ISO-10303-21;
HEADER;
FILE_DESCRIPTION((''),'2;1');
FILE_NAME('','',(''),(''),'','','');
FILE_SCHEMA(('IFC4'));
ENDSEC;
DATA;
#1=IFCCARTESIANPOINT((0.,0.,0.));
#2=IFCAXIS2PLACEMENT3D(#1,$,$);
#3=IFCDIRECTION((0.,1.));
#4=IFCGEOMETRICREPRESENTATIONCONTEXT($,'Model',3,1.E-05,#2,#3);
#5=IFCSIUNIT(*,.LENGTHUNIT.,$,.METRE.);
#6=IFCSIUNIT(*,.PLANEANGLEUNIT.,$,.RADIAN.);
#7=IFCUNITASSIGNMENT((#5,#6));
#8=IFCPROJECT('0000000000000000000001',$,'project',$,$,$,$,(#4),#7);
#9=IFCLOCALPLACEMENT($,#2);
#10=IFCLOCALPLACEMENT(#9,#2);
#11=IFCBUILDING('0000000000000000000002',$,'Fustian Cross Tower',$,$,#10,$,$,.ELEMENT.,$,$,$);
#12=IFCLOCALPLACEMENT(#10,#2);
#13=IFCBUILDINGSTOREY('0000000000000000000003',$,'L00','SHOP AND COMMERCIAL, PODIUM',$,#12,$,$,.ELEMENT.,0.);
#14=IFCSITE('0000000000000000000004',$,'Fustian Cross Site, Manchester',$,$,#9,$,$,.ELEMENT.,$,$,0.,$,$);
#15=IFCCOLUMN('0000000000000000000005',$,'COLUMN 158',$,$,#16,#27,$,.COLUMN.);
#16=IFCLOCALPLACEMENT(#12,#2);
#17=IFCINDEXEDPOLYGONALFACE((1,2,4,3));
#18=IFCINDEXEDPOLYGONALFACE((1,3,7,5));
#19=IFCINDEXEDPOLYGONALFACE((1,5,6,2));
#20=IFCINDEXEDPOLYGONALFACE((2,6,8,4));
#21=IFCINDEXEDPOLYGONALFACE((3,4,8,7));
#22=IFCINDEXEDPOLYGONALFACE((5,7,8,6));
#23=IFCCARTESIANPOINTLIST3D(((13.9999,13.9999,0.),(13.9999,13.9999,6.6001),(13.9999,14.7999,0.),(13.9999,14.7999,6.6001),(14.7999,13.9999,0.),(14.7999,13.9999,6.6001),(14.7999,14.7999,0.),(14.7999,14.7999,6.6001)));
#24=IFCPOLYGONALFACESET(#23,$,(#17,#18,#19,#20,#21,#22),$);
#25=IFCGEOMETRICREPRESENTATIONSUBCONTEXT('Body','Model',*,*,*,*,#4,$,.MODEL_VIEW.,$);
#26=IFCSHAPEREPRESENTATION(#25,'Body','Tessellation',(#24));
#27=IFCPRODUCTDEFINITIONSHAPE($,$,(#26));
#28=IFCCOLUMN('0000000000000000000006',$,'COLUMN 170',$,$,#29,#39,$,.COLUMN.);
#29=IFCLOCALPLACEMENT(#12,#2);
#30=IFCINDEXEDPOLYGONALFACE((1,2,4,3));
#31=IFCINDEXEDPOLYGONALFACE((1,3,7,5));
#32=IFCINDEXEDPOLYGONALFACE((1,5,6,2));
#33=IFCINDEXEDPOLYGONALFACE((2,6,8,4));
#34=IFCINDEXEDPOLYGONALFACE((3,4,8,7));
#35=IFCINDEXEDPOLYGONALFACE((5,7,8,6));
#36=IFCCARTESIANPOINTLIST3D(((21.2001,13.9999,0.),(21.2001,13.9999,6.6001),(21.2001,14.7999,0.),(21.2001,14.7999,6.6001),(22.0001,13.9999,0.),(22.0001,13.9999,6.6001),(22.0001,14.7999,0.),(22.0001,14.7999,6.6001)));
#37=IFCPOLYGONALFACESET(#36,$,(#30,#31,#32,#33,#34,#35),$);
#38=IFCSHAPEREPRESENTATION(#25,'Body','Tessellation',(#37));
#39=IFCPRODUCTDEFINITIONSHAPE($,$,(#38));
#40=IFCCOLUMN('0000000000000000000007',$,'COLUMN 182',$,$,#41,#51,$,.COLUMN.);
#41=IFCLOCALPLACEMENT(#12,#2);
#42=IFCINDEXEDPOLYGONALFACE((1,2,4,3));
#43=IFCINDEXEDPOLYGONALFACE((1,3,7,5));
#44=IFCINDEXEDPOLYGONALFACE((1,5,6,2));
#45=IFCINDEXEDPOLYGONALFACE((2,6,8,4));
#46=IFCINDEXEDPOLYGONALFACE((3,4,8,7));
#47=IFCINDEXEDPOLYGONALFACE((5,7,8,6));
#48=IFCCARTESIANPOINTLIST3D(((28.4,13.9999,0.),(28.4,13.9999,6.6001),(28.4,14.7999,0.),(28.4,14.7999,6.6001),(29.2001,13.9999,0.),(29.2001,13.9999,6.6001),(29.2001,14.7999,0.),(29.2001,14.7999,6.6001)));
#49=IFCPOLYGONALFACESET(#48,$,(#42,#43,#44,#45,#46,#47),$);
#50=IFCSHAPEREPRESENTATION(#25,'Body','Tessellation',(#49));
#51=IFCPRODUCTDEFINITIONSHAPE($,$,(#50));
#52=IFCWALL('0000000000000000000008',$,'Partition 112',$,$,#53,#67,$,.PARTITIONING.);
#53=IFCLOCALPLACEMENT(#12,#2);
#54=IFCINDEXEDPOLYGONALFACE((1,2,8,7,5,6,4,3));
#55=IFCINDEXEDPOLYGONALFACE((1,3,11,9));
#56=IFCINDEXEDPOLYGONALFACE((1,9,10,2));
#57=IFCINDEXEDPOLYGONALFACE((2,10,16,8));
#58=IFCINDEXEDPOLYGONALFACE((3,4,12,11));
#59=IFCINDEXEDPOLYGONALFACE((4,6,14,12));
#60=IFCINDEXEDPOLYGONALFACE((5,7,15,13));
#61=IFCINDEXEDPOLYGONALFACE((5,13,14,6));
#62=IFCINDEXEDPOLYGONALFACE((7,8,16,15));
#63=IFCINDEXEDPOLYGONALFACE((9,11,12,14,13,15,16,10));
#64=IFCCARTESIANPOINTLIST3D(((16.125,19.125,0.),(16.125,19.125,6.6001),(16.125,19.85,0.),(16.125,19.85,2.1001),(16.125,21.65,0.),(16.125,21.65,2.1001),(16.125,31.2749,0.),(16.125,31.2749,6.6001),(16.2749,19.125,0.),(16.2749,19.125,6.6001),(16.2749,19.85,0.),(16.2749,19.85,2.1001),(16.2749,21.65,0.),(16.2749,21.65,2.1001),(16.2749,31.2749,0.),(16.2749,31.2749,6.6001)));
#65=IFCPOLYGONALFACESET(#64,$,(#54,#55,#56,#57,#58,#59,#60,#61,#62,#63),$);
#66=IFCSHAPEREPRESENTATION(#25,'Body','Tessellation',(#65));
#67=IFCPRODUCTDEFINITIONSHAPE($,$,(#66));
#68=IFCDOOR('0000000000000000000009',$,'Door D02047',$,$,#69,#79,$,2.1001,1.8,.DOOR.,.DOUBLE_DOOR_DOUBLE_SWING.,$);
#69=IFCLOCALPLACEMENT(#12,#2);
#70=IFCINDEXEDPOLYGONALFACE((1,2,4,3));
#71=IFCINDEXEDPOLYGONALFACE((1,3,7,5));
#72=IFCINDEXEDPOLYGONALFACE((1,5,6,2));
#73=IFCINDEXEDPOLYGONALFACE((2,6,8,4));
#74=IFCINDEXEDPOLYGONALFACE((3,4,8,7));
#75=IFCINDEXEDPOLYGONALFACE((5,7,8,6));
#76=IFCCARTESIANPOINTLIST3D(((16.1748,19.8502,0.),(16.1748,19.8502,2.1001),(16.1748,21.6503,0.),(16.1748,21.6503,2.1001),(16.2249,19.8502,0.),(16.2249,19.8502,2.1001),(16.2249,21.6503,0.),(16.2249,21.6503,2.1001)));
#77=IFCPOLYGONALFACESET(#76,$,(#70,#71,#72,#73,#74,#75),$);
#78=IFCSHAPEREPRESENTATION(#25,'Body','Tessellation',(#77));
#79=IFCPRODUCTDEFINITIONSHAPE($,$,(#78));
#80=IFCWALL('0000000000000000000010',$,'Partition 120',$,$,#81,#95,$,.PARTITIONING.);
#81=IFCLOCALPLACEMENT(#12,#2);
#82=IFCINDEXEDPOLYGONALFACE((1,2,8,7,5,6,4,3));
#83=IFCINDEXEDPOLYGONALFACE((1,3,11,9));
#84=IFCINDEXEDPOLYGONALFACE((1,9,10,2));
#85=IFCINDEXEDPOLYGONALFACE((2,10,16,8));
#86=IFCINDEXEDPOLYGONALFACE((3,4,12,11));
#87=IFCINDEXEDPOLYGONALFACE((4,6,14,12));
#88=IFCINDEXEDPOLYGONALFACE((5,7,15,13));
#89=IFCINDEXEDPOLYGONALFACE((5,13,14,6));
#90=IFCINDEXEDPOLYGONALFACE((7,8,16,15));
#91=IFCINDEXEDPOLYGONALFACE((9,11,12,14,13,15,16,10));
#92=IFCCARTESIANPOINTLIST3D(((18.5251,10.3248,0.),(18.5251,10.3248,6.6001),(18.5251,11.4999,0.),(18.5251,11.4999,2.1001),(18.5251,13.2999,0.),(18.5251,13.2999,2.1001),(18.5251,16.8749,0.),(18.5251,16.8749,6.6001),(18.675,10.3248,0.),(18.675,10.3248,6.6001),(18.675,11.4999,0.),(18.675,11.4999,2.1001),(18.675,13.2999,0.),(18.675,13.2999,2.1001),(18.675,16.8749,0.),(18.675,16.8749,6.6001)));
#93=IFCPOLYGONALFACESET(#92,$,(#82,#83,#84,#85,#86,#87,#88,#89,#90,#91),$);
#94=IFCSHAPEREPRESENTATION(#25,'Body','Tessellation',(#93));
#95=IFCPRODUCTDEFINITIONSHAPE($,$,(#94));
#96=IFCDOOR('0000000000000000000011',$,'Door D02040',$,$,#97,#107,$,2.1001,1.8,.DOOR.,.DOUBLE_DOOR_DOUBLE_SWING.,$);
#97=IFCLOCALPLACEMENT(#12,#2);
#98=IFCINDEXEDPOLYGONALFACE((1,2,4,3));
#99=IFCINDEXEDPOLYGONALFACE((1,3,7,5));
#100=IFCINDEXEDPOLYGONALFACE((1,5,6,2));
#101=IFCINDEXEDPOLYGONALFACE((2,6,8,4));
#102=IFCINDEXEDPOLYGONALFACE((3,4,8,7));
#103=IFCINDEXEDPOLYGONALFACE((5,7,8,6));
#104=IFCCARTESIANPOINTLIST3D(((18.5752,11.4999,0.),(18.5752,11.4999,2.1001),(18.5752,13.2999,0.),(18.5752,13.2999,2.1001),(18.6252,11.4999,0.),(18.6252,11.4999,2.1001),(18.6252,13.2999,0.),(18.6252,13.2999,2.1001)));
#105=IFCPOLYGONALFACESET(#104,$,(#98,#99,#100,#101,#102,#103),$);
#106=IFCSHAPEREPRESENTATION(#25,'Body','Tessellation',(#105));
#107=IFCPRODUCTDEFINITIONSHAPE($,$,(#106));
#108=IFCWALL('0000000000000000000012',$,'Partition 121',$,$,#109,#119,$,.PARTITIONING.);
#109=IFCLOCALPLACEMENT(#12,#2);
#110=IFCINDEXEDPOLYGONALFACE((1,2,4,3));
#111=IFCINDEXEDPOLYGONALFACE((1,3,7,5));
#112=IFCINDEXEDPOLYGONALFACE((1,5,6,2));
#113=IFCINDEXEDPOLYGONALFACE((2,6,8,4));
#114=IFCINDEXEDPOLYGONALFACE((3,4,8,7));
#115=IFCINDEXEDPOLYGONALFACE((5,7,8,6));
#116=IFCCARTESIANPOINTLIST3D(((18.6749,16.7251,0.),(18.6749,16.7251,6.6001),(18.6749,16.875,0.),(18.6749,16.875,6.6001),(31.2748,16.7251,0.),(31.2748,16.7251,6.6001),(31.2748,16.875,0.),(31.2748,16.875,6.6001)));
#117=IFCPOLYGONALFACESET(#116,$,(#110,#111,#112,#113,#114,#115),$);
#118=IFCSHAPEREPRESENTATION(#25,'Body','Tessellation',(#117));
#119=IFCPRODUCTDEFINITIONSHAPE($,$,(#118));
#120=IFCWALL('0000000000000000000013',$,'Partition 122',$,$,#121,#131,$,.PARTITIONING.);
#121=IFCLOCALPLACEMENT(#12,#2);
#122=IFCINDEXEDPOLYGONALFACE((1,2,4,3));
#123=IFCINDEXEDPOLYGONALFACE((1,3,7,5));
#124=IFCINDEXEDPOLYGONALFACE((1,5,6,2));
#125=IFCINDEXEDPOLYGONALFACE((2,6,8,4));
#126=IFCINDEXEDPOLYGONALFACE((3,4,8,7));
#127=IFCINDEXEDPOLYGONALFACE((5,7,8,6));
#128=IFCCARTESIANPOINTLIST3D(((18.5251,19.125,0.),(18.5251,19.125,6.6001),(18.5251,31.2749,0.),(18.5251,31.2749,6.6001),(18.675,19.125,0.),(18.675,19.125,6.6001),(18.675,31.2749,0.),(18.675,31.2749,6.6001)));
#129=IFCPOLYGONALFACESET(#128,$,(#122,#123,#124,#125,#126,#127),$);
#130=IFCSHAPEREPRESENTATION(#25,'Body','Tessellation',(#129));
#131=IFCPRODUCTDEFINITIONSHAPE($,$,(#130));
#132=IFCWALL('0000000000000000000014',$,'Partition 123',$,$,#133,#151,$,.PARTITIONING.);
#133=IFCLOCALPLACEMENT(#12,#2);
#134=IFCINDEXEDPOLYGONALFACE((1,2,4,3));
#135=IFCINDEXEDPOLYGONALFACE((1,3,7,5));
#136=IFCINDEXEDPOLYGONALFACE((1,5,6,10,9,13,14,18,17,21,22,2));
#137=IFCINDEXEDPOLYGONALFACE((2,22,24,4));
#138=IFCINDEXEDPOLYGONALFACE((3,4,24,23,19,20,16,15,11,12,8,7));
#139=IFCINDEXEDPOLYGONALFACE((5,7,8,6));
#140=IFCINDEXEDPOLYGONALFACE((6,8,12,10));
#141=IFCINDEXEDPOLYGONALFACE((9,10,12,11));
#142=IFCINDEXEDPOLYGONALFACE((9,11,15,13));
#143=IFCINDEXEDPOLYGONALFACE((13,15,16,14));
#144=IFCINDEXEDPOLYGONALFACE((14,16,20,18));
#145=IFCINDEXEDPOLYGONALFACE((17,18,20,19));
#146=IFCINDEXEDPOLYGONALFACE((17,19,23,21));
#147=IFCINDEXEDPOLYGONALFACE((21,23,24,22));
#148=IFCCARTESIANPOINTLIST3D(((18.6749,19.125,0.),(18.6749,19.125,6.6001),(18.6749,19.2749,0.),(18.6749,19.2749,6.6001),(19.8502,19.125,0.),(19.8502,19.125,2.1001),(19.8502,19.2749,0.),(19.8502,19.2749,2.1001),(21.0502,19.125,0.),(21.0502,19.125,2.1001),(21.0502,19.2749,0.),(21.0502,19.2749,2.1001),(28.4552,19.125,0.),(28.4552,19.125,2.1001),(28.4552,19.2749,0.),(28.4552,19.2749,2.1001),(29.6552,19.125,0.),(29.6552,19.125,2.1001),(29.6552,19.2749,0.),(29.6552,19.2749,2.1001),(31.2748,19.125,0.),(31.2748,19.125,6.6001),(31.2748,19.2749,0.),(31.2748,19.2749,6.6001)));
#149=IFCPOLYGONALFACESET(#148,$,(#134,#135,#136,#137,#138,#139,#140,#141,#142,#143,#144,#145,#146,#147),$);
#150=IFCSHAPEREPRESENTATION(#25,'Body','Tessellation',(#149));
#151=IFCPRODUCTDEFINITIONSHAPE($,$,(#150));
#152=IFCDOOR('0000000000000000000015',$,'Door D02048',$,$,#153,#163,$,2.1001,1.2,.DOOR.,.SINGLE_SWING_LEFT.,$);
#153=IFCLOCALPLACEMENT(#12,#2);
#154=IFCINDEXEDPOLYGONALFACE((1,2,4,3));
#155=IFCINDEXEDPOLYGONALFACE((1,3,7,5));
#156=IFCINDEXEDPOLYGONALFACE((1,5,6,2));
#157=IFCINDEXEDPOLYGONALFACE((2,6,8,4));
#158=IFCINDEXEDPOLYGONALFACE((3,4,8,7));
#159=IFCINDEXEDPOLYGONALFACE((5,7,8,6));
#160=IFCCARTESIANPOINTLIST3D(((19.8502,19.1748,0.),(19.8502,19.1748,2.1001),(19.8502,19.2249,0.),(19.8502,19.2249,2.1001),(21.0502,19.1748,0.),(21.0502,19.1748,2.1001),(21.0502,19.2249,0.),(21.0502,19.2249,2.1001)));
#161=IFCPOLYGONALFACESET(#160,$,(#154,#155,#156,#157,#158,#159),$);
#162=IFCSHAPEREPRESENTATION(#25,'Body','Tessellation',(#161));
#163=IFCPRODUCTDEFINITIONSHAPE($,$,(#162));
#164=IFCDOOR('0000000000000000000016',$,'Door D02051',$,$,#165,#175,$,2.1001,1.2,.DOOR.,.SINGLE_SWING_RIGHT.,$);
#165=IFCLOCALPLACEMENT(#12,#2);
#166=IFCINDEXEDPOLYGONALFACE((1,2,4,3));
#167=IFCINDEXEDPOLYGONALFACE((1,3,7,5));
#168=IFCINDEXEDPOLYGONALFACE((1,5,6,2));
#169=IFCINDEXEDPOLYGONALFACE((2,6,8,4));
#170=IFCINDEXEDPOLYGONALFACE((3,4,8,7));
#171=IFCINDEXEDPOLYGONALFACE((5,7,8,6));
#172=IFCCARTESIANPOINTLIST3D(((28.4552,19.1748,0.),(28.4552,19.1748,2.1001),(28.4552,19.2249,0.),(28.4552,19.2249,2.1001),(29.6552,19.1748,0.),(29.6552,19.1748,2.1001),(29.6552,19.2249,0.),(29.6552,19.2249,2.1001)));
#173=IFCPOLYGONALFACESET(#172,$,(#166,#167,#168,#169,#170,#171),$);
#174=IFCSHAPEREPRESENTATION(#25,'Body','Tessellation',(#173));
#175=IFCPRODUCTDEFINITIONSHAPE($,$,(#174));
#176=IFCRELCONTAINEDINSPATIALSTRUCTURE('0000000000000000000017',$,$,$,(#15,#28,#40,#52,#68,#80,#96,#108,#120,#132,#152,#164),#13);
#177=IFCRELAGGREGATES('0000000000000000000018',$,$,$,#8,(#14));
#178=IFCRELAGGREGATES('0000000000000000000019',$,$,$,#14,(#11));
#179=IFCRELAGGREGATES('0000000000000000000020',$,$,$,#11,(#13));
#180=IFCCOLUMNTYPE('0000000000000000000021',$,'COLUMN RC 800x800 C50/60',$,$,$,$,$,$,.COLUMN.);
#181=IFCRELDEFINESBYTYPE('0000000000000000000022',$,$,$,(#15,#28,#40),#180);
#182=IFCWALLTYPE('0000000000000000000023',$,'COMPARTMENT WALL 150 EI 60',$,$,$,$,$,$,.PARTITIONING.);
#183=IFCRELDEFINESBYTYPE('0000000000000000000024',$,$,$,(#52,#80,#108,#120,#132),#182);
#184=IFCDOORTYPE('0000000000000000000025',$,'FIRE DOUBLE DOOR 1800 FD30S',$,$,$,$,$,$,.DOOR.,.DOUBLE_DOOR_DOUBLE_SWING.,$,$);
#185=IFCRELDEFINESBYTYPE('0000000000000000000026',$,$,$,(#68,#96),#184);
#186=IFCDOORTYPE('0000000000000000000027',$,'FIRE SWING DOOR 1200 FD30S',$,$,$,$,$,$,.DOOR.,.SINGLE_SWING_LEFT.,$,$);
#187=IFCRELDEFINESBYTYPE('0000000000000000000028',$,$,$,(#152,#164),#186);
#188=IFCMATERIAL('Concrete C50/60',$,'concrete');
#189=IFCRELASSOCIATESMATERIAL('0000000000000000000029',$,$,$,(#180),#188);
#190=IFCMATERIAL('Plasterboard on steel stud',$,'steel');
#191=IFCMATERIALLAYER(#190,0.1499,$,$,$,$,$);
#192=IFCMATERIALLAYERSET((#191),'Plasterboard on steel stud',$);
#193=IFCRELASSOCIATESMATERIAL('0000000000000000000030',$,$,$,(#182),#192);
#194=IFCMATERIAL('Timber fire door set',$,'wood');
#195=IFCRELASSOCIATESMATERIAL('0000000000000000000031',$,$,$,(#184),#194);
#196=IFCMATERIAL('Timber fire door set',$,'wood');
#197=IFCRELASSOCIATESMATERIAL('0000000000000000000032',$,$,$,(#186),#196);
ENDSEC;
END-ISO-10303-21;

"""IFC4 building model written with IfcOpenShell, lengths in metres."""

from ifc_helpers import new_model, si_unit, direction, frame, frame_2d, origin, origin_2d, place, context, subcontext, project, spatial, rectangle, extrude, material, layer, layer_set, material_profile, profile_set, type_object, element, fill, save


model = new_model("IFC4")

# Units and contexts
model_context = context("Model", 3, precision=1e-05, world=origin(), true_north=direction((0.0, 1.0)))
body_context = subcontext(model_context, "Body", "Model", "MODEL_VIEW")
ifc_project = project(units=[si_unit("LENGTHUNIT", "METRE"), si_unit("PLANEANGLEUNIT", "RADIAN")], contexts=[model_context])

# Site, building, storey
site_placement = place(None, origin())
site = spatial("IfcSite", under=ifc_project, at=site_placement, Name="Fustian Cross Site, Manchester", CompositionType="ELEMENT", RefElevation=0.0)
building_placement = place(site_placement, origin())
building = spatial("IfcBuilding", under=site, at=building_placement, Name="Fustian Cross Tower", CompositionType="ELEMENT")
storey_placement = place(building_placement, origin())
storey = spatial("IfcBuildingStorey", under=building, at=storey_placement, Name="L00", Description="SHOP AND COMMERCIAL, PODIUM", CompositionType="ELEMENT", Elevation=0.0)

# Columns
ifc_material_1 = material(Name="Concrete C50/60", Category="concrete")
ifc_material_profile = material_profile(ifc_material_1, rectangle(XDim=0.8, YDim=0.8, at=origin_2d()), Name="RC 800x800")
ifc_profile_set = profile_set([ifc_material_profile], Name="Concrete C50/60")
column_type = type_object("IfcColumnType", Name="COLUMN RC 800x800 C50/60", PredefinedType="COLUMN", material=ifc_profile_set)
for number, where, z_axis, x_axis, name in (
    (1, (14.3999, 14.3999, 0.0), (0.0, 0.0, 1.0), (1.0, 0.0, 0.0), "COLUMN 158"),
    (2, (21.6001, 14.3999, 0.0), (0.0, 0.0, 1.0), (1.0, 0.0, 0.0), "COLUMN 170"),
    (3, (28.8, 14.3999, 0.0), (0.0, 0.0, 1.0), (1.0, 0.0, 0.0), "COLUMN 182"),
):
    element("IfcColumn", number, at=place(storey_placement, frame(where, z_axis=z_axis, x_axis=x_axis)), inside=storey, type_object=column_type, Name=name, PredefinedType="COLUMN", context=body_context, shape_type="SweptSolid", body=[
        extrude(rectangle(XDim=0.8, YDim=0.8, at=origin_2d()), origin(), (0.0, 0.0, 1.0), 6.6001),
    ])

# Walls, openings, doors
ifc_material_2 = material(Name="Plasterboard on steel stud", Category="steel")
ifc_layer = layer(ifc_material_2, 0.1499)
ifc_layer_set = layer_set([ifc_layer], Name="Plasterboard on steel stud")
wall_type = type_object("IfcWallType", Name="COMPARTMENT WALL 150 EI 60", PredefinedType="PARTITIONING", material=ifc_layer_set)
wall_1_placement = place(storey_placement, frame((16.2, 19.125, 0.0), z_axis=(0.0, 0.0, 1.0), x_axis=(0.0, 1.0, 0.0)))
wall_1 = element("IfcWall", 4, at=wall_1_placement, inside=storey, type_object=wall_type, Name="Partition 112", PredefinedType="PARTITIONING", context=body_context, shape_type="SweptSolid", body=[
    extrude(rectangle(XDim=12.1499, YDim=0.1499, at=frame_2d((6.075, 0.0))), origin(), (0.0, 0.0, 1.0), 6.6001),
])
opening_1_placement = place(wall_1_placement, frame((0.7251, 0.0, 0.0)))
opening_1 = element("IfcOpeningElement", 5, at=opening_1_placement, cuts=wall_1, PredefinedType="OPENING", context=body_context, shape_type="SweptSolid", body=[
    extrude(rectangle(XDim=1.8, YDim=2.1001, at=frame_2d((0.8999, 1.05))), frame((0.0, 0.085, 0.0), z_axis=(0.0, -1.0, 0.0), x_axis=(1.0, 0.0, 0.0)), (0.0, 0.0, 1.0), 0.1699),
])
ifc_material_3 = material(Name="Timber fire door set", Category="wood")
door_type_1 = type_object("IfcDoorType", Name="FIRE DOUBLE DOOR 1800 FD30S", OperationType="DOUBLE_DOOR_DOUBLE_SWING", PredefinedType="DOOR", material=ifc_material_3)
door_1_placement = place(opening_1_placement, frame((1.8, 0.0, 0.0), z_axis=(0.0, 0.0, 1.0), x_axis=(-1.0, 0.0, 0.0)))
door_1 = element("IfcDoor", 6, at=door_1_placement, inside=storey, type_object=door_type_1, Name="Door D02047", OperationType="DOUBLE_DOOR_DOUBLE_SWING", OverallHeight=2.1001, OverallWidth=1.8, PredefinedType="DOOR", context=body_context, shape_type="SweptSolid", body=[
    extrude(rectangle(XDim=1.8, YDim=2.1001, at=frame_2d((0.8999, 1.05))), frame((0.0, 0.0249, 0.0), z_axis=(0.0, -1.0, 0.0), x_axis=(1.0, 0.0, 0.0)), (0.0, 0.0, 1.0), 0.05),
])
fill(opening_1, door_1)
wall_2_placement = place(storey_placement, frame((18.6001, 10.325, 0.0), z_axis=(0.0, 0.0, 1.0), x_axis=(0.0, 1.0, 0.0)))
wall_2 = element("IfcWall", 7, at=wall_2_placement, inside=storey, type_object=wall_type, Name="Partition 120", PredefinedType="PARTITIONING", context=body_context, shape_type="SweptSolid", body=[
    extrude(rectangle(XDim=6.55, YDim=0.1499, at=frame_2d((3.2749, 0.0))), origin(), (0.0, 0.0, 1.0), 6.6001),
])
opening_2_placement = place(wall_2_placement, frame((1.175, 0.0, 0.0)))
opening_2 = element("IfcOpeningElement", 8, at=opening_2_placement, cuts=wall_2, PredefinedType="OPENING", context=body_context, shape_type="SweptSolid", body=[
    extrude(rectangle(XDim=1.8, YDim=2.1001, at=frame_2d((0.8999, 1.05))), frame((0.0, 0.085, 0.0), z_axis=(0.0, -1.0, 0.0), x_axis=(1.0, 0.0, 0.0)), (0.0, 0.0, 1.0), 0.1699),
])
door_2_placement = place(opening_2_placement, origin())
door_2 = element("IfcDoor", 9, at=door_2_placement, inside=storey, type_object=door_type_1, Name="Door D02040", OperationType="DOUBLE_DOOR_DOUBLE_SWING", OverallHeight=2.1001, OverallWidth=1.8, PredefinedType="DOOR", context=body_context, shape_type="SweptSolid", body=[
    extrude(rectangle(XDim=1.8, YDim=2.1001, at=frame_2d((0.8999, 1.05))), frame((0.0, 0.0249, 0.0), z_axis=(0.0, -1.0, 0.0), x_axis=(1.0, 0.0, 0.0)), (0.0, 0.0, 1.0), 0.05),
])
fill(opening_2, door_2)

# Walls
wall_3_placement = place(storey_placement, frame((18.675, 16.8, 0.0), z_axis=(0.0, 0.0, 1.0), x_axis=(1.0, 0.0, 0.0)))
element("IfcWall", 10, at=wall_3_placement, inside=storey, type_object=wall_type, Name="Partition 121", PredefinedType="PARTITIONING", context=body_context, shape_type="SweptSolid", body=[
    extrude(rectangle(XDim=12.5999, YDim=0.1499, at=frame_2d((6.2998, 0.0))), origin(), (0.0, 0.0, 1.0), 6.6001),
])
wall_4_placement = place(storey_placement, frame((18.6001, 19.125, 0.0), z_axis=(0.0, 0.0, 1.0), x_axis=(0.0, 1.0, 0.0)))
element("IfcWall", 11, at=wall_4_placement, inside=storey, type_object=wall_type, Name="Partition 122", PredefinedType="PARTITIONING", context=body_context, shape_type="SweptSolid", body=[
    extrude(rectangle(XDim=12.1499, YDim=0.1499, at=frame_2d((6.075, 0.0))), origin(), (0.0, 0.0, 1.0), 6.6001),
])

# Wall, openings, doors
wall_5_placement = place(storey_placement, frame((18.675, 19.2, 0.0), z_axis=(0.0, 0.0, 1.0), x_axis=(1.0, 0.0, 0.0)))
wall_5 = element("IfcWall", 12, at=wall_5_placement, inside=storey, type_object=wall_type, Name="Partition 123", PredefinedType="PARTITIONING", context=body_context, shape_type="SweptSolid", body=[
    extrude(rectangle(XDim=12.5999, YDim=0.1499, at=frame_2d((6.2998, 0.0))), origin(), (0.0, 0.0, 1.0), 6.6001),
])
opening_3_placement = place(wall_5_placement, frame((1.175, 0.0, 0.0)))
opening_3 = element("IfcOpeningElement", 13, at=opening_3_placement, cuts=wall_5, PredefinedType="OPENING", context=body_context, shape_type="SweptSolid", body=[
    extrude(rectangle(XDim=1.2, YDim=2.1001, at=frame_2d((0.6001, 1.05))), frame((0.0, 0.085, 0.0), z_axis=(0.0, -1.0, 0.0), x_axis=(1.0, 0.0, 0.0)), (0.0, 0.0, 1.0), 0.1699),
])
opening_4_placement = place(wall_5_placement, frame((9.78, 0.0, 0.0)))
opening_4 = element("IfcOpeningElement", 14, at=opening_4_placement, cuts=wall_5, PredefinedType="OPENING", context=body_context, shape_type="SweptSolid", body=[
    extrude(rectangle(XDim=1.2, YDim=2.1001, at=frame_2d((0.6001, 1.05))), frame((0.0, 0.085, 0.0), z_axis=(0.0, -1.0, 0.0), x_axis=(1.0, 0.0, 0.0)), (0.0, 0.0, 1.0), 0.1699),
])
ifc_material_4 = material(Name="Timber fire door set", Category="wood")
door_type_2 = type_object("IfcDoorType", Name="FIRE SWING DOOR 1200 FD30S", OperationType="SINGLE_SWING_LEFT", PredefinedType="DOOR", material=ifc_material_4)
door_3_placement = place(opening_3_placement, origin())
door_3 = element("IfcDoor", 15, at=door_3_placement, inside=storey, type_object=door_type_2, Name="Door D02048", OperationType="SINGLE_SWING_LEFT", OverallHeight=2.1001, OverallWidth=1.2, PredefinedType="DOOR", context=body_context, shape_type="SweptSolid", body=[
    extrude(rectangle(XDim=1.2, YDim=2.1001, at=frame_2d((0.6001, 1.05))), frame((0.0, 0.0249, 0.0), z_axis=(0.0, -1.0, 0.0), x_axis=(1.0, 0.0, 0.0)), (0.0, 0.0, 1.0), 0.05),
])
fill(opening_3, door_3)
door_4_placement = place(opening_4_placement, origin())
door_4 = element("IfcDoor", 16, at=door_4_placement, inside=storey, type_object=door_type_2, Name="Door D02051", OperationType="SINGLE_SWING_RIGHT", OverallHeight=2.1001, OverallWidth=1.2, PredefinedType="DOOR", context=body_context, shape_type="SweptSolid", body=[
    extrude(rectangle(XDim=1.2, YDim=2.1001, at=frame_2d((0.6001, 1.05))), frame((0.0, 0.0249, 0.0), z_axis=(0.0, -1.0, 0.0), x_axis=(1.0, 0.0, 0.0)), (0.0, 0.0, 1.0), 0.05),
])
fill(opening_4, door_4)

save(model, "model.ifc")
